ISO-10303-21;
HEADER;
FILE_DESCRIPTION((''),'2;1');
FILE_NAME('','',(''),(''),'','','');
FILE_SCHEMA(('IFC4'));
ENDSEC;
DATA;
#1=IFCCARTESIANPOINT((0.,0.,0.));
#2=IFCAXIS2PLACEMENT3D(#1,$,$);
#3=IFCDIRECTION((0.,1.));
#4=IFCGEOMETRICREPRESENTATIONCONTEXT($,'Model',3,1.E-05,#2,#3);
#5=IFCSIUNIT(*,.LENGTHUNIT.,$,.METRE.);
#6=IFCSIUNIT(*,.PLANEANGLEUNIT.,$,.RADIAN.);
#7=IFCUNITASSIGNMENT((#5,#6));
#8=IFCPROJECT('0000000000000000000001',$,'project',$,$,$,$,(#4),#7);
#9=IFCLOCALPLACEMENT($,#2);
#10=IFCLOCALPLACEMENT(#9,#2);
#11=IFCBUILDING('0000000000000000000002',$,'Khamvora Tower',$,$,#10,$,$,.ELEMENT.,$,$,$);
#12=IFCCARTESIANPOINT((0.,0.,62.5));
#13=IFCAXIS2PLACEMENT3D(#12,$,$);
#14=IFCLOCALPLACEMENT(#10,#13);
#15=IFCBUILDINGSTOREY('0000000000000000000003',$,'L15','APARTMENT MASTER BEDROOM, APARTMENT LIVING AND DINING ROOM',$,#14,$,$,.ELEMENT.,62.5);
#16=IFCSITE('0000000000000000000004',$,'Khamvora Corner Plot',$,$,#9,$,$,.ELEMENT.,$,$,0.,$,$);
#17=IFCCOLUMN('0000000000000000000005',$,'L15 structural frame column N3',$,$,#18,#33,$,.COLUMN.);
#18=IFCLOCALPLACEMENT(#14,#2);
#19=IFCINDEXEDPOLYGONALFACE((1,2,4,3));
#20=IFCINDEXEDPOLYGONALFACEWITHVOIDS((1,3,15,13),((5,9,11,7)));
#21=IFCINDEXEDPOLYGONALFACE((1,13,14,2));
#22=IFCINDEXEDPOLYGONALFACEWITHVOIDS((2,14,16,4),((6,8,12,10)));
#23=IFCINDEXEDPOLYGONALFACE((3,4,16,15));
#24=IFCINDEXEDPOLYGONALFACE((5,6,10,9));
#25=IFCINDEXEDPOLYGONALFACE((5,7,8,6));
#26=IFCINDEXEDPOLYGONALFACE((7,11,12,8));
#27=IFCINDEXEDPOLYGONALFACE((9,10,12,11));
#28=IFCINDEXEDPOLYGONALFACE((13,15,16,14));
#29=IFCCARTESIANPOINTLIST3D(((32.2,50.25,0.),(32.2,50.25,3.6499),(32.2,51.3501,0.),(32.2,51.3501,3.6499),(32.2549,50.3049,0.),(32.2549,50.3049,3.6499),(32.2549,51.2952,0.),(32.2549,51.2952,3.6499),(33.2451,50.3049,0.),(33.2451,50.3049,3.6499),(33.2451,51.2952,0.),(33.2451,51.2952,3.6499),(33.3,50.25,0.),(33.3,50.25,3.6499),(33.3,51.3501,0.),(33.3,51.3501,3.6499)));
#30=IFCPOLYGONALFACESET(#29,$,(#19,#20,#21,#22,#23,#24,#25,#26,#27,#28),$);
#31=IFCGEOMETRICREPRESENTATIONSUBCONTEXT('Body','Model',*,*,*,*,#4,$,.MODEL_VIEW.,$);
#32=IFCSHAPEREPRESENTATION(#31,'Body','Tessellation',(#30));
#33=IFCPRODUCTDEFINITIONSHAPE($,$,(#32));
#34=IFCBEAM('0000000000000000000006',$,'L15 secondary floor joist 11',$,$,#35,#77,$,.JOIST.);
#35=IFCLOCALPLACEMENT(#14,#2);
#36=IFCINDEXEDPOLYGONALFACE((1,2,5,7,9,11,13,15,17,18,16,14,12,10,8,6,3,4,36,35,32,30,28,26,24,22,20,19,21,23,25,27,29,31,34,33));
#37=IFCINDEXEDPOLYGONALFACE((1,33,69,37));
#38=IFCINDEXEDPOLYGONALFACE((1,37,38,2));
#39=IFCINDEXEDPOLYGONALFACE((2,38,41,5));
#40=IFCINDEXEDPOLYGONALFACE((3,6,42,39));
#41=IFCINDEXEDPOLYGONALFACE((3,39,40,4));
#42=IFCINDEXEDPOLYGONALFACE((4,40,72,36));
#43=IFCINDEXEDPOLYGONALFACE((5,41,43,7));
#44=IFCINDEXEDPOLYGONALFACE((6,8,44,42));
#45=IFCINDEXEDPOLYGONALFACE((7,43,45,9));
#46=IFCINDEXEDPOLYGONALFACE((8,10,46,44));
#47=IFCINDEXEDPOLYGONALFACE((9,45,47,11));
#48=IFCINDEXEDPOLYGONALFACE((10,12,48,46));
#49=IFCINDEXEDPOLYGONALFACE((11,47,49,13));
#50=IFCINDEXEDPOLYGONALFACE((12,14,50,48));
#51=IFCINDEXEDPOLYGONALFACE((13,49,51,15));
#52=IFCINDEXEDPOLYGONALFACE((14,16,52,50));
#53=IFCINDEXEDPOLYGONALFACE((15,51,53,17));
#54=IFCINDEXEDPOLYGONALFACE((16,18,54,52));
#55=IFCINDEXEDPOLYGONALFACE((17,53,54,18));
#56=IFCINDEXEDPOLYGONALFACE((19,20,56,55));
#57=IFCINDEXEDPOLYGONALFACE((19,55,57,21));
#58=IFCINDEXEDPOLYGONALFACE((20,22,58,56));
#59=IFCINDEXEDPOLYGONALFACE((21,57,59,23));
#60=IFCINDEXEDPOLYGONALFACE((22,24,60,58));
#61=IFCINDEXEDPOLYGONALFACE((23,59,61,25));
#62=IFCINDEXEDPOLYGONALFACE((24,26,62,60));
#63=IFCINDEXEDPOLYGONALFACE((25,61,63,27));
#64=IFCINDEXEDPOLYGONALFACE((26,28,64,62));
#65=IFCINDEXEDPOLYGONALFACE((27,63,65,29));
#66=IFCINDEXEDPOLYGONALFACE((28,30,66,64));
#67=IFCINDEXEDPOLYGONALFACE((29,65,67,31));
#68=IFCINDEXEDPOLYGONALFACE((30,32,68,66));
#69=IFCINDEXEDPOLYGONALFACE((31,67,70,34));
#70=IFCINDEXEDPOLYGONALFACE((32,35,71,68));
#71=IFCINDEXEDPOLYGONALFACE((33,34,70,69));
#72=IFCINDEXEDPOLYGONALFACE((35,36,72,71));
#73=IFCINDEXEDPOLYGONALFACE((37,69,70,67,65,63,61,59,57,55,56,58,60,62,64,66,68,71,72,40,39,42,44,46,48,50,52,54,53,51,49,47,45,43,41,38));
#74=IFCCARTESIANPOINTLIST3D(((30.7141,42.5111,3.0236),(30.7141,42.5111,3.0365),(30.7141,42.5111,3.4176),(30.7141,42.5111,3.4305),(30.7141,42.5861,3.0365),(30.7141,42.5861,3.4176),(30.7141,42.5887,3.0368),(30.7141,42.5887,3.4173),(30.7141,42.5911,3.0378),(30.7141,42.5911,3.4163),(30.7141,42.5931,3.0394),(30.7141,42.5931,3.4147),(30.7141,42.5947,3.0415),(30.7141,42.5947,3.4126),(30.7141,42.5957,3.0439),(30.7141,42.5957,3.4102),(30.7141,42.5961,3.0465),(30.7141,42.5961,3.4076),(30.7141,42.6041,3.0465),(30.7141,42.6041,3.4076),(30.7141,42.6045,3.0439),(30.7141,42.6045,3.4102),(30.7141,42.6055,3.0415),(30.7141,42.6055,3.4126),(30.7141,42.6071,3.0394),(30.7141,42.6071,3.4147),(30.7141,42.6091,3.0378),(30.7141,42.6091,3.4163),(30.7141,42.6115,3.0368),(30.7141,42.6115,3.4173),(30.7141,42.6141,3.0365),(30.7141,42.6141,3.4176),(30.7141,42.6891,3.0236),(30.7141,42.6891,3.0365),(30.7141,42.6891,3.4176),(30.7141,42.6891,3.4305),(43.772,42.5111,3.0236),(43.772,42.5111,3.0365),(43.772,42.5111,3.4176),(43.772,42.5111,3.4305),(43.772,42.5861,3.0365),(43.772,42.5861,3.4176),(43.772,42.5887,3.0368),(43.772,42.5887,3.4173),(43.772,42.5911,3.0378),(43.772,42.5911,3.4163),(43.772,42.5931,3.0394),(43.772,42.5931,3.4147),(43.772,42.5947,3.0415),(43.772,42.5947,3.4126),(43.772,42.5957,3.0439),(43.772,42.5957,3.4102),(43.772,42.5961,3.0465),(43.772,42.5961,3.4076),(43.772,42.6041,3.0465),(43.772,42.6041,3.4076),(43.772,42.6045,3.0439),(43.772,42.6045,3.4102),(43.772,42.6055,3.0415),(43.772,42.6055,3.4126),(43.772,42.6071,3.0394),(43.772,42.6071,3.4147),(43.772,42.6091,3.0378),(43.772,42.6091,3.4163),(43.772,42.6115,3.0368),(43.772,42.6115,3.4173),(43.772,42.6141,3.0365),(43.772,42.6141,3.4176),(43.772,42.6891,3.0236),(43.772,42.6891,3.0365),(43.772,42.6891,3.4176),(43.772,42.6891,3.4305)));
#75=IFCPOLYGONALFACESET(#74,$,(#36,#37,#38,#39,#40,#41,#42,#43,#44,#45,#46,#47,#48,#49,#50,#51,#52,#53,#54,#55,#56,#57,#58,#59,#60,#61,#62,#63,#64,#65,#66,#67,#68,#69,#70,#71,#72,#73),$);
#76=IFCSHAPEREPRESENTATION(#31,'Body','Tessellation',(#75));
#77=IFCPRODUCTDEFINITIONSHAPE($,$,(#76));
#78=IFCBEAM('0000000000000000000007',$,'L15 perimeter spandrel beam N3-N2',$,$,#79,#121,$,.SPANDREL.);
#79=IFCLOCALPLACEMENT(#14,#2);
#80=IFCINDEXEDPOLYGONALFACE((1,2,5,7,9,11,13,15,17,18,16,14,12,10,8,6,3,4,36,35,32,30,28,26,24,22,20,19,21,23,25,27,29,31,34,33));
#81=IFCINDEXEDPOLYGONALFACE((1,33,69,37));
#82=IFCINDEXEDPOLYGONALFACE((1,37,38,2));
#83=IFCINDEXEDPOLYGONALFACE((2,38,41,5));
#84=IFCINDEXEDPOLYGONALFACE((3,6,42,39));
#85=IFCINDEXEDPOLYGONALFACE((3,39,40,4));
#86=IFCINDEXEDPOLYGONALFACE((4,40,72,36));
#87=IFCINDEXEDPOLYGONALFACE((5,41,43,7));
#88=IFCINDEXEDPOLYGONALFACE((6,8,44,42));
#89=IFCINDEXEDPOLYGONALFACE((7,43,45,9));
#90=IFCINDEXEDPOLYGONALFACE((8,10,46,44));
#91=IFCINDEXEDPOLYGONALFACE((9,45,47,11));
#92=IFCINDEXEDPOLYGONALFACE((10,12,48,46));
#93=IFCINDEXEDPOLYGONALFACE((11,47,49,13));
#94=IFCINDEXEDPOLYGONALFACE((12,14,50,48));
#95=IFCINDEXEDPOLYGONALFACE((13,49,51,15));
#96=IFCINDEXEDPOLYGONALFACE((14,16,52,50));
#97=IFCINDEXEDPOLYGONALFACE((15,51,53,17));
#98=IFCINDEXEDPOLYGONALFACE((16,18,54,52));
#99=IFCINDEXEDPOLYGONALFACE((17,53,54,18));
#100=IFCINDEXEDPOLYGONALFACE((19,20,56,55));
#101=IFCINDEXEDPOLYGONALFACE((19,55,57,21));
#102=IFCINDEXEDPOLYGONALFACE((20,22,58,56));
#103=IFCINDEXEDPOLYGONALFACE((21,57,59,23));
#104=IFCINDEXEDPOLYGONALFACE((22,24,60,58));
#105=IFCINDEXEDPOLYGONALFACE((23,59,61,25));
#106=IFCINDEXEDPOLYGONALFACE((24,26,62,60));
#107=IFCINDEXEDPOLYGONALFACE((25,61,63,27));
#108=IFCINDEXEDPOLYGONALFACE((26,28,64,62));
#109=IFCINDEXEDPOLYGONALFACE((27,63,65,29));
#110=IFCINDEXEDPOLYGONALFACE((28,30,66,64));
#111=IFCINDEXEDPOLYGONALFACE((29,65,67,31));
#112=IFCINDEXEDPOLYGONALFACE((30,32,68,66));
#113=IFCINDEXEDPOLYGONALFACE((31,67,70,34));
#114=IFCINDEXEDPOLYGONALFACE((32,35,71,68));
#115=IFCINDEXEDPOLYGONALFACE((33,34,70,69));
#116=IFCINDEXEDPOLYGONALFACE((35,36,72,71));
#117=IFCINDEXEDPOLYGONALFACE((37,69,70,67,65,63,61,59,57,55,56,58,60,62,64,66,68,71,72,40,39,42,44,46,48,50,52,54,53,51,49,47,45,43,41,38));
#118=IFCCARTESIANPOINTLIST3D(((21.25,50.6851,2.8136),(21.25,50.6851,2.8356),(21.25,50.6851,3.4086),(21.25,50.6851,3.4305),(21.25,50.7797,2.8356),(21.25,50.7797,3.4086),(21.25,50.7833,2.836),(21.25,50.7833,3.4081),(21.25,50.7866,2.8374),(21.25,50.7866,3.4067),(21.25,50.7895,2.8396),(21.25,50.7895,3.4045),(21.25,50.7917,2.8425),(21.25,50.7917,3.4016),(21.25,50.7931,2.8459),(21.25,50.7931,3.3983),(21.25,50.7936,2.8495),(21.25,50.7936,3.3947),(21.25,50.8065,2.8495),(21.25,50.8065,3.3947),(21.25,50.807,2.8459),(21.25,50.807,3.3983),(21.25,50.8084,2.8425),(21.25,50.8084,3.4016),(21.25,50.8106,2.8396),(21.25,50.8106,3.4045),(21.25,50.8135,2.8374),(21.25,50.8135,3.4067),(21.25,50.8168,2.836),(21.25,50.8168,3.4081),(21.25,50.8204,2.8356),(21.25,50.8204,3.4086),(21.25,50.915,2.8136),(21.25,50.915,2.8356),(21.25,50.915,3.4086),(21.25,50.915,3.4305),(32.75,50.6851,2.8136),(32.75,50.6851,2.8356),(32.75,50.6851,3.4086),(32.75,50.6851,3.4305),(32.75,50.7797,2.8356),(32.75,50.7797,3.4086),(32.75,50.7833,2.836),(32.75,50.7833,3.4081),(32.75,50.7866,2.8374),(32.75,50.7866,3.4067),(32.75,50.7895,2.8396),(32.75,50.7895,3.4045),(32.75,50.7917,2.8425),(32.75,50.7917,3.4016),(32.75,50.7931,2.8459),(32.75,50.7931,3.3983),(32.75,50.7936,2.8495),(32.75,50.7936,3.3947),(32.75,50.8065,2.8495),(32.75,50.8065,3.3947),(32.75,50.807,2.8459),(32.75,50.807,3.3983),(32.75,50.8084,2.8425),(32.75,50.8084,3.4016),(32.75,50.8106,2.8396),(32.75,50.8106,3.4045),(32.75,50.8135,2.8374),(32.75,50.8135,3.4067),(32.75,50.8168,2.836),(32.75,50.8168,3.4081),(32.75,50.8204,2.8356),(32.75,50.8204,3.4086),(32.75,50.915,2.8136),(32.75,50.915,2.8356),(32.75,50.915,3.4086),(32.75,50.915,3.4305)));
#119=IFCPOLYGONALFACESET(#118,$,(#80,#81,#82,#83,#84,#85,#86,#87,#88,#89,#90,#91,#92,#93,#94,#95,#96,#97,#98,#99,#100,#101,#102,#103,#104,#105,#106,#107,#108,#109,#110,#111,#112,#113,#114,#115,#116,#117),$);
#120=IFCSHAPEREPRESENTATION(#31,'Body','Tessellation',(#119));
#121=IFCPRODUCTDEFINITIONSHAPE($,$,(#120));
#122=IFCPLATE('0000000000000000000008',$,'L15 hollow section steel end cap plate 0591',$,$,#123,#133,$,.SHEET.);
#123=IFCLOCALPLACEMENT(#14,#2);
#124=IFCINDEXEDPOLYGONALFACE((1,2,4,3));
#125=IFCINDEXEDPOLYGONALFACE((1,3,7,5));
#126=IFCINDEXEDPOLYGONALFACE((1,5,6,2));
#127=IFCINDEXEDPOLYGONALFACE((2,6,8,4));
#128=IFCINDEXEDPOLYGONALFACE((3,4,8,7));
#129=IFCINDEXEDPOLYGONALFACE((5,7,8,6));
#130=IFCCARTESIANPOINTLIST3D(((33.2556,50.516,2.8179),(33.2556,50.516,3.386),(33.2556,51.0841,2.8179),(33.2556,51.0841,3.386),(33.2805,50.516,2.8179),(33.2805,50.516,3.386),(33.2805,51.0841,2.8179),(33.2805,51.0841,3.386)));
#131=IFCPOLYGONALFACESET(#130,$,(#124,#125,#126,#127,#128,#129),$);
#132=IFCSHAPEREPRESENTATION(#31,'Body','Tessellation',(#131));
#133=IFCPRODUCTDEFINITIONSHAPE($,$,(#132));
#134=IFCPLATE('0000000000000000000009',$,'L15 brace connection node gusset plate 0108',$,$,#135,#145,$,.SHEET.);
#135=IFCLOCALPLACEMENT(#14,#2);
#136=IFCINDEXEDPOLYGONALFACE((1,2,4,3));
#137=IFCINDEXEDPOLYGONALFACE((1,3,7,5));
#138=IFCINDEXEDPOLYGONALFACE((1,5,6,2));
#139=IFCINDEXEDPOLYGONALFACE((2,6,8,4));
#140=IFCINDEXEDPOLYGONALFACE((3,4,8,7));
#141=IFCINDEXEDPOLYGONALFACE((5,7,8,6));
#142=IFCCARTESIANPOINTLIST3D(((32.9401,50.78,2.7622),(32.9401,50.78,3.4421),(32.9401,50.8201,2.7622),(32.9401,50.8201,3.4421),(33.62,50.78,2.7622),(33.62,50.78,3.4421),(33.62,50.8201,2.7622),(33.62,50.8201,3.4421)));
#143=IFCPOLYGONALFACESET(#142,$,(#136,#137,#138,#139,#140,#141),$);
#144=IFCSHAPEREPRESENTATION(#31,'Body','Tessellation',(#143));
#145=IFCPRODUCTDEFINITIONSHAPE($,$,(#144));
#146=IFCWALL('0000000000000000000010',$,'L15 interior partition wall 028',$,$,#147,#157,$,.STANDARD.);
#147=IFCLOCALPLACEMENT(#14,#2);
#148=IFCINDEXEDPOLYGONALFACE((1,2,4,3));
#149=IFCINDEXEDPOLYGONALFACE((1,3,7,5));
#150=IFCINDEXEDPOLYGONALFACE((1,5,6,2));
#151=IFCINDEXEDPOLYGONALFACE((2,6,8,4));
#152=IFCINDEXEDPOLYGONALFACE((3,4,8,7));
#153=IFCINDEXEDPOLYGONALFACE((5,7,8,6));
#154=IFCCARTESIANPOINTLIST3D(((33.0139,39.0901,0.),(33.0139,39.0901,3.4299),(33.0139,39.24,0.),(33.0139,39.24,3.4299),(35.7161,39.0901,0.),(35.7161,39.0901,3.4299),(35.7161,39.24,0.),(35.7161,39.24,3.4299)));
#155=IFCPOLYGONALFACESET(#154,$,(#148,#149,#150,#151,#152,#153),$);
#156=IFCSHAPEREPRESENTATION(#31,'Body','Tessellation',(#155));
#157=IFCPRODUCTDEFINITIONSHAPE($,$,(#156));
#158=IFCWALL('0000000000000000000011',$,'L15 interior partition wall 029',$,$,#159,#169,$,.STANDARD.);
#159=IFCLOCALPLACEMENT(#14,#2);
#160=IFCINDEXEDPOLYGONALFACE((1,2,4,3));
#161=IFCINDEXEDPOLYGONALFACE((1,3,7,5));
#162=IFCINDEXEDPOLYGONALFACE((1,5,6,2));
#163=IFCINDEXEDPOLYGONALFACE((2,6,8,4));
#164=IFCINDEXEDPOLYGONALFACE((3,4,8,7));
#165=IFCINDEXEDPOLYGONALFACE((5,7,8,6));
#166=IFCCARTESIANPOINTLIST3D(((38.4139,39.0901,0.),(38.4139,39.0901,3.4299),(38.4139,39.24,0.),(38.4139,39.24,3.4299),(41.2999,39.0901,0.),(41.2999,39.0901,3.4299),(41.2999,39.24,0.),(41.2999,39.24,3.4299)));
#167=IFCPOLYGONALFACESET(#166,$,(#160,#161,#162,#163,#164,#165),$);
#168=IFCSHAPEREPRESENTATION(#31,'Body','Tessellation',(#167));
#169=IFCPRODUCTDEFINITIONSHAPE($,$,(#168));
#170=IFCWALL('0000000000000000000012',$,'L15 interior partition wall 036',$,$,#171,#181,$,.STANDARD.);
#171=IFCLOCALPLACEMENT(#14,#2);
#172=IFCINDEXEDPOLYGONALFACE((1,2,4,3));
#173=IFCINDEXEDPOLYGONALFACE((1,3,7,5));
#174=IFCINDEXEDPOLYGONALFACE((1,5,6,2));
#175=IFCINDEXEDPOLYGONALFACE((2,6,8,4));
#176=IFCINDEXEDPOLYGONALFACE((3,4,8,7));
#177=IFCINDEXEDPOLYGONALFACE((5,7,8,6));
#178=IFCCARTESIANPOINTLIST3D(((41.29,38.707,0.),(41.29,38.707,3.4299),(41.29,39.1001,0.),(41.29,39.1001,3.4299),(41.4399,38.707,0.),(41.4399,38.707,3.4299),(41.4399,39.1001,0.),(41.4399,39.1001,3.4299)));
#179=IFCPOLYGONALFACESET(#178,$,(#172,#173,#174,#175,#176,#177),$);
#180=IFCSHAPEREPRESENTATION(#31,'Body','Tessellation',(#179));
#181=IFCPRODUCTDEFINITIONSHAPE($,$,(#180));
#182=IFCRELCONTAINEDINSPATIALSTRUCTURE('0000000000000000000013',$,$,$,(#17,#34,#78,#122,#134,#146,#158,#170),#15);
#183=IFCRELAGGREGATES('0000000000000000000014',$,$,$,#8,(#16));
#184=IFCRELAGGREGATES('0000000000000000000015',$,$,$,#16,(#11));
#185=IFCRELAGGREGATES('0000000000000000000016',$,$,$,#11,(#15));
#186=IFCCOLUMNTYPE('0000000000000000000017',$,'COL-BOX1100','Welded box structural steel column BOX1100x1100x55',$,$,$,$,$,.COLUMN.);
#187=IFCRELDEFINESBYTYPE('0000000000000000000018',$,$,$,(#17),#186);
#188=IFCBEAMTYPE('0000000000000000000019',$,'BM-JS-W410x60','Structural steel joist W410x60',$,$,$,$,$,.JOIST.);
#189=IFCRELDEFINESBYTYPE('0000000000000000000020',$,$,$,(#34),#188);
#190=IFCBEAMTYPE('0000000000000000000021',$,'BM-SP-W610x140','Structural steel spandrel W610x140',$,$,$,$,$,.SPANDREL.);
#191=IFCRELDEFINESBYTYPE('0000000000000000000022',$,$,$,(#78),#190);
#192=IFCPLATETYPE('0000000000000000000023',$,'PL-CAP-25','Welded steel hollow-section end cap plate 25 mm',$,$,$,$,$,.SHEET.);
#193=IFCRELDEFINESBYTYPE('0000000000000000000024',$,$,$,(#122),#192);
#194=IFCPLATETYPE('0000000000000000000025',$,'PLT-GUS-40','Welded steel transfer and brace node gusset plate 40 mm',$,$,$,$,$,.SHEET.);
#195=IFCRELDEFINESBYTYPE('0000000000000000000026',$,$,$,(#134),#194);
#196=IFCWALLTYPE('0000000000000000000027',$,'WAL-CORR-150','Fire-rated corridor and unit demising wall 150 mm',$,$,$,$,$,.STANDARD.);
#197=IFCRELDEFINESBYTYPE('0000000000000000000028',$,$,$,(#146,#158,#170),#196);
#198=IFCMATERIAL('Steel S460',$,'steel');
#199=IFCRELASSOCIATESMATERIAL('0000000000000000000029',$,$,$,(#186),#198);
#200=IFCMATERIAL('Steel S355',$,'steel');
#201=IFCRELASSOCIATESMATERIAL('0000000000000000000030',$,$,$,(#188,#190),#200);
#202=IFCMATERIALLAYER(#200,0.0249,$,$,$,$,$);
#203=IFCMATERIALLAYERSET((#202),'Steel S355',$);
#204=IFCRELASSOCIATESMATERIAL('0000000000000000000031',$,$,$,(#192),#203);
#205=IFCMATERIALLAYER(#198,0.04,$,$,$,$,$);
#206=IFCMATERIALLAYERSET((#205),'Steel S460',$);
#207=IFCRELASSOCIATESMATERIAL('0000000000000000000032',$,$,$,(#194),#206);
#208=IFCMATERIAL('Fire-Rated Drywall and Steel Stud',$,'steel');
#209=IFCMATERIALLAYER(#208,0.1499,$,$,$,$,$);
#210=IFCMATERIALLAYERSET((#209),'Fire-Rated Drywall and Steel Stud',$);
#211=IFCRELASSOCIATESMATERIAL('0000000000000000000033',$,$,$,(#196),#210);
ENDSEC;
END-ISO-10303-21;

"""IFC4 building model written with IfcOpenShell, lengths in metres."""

from ifc_helpers import new_model, si_unit, direction, frame, frame_2d, origin, origin_2d, place, context, subcontext, project, spatial, rectangle, hollow_rectangle, i_section, extrude, material, layer, layer_set, material_profile, profile_set, type_object, element, save


model = new_model("IFC4")

# Units and contexts
model_context = context("Model", 3, precision=1e-05, world=origin(), true_north=direction((0.0, 1.0)))
body_context = subcontext(model_context, "Body", "Model", "MODEL_VIEW")
ifc_project = project(units=[si_unit("LENGTHUNIT", "METRE"), si_unit("PLANEANGLEUNIT", "RADIAN")], contexts=[model_context])

# Site, building, storey
site_placement = place(None, origin())
site = spatial("IfcSite", under=ifc_project, at=site_placement, Name="Khamvora Corner Plot", CompositionType="ELEMENT", RefElevation=0.0)
building_placement = place(site_placement, origin())
building = spatial("IfcBuilding", under=site, at=building_placement, Name="Khamvora Tower", CompositionType="ELEMENT")
storey_placement = place(building_placement, frame((0.0, 0.0, 62.5)))
storey = spatial("IfcBuildingStorey", under=building, at=storey_placement, Name="L15", Description="APARTMENT MASTER BEDROOM, APARTMENT LIVING AND DINING ROOM", CompositionType="ELEMENT", Elevation=62.5)

# Column
ifc_material_1 = material(Name="Steel S460", Category="steel")
ifc_material_profile_1 = material_profile(ifc_material_1, hollow_rectangle(XDim=1.1001, YDim=1.1001, WallThickness=0.0549, at=origin_2d()), Name="BOX1100x1100x55")
ifc_profile_set_1 = profile_set([ifc_material_profile_1], Name="Steel S460")
column_type = type_object("IfcColumnType", Name="COL-BOX1100", Description="Welded box structural steel column BOX1100x1100x55", PredefinedType="COLUMN", material=ifc_profile_set_1)
column_placement = place(storey_placement, frame((32.75, 50.8, 0.0), z_axis=(0.0, 0.0, 1.0), x_axis=(1.0, 0.0, 0.0)))
element("IfcColumn", 1, at=column_placement, inside=storey, type_object=column_type, Name="L15 structural frame column N3", PredefinedType="COLUMN", context=body_context, shape_type="SweptSolid", body=[
    extrude(hollow_rectangle(XDim=1.1001, YDim=1.1001, WallThickness=0.0549, at=origin_2d()), origin(), (0.0, 0.0, 1.0), 3.6499),
])

# Beams
ifc_material_2 = material(Name="Steel S355", Category="steel")
ifc_material_profile_2 = material_profile(ifc_material_2, i_section(OverallWidth=0.178, OverallDepth=0.407, WebThickness=0.0081, FlangeThickness=0.0129, FilletRadius=0.01, at=origin_2d()), Name="W410x60")
ifc_profile_set_2 = profile_set([ifc_material_profile_2], Name="Steel S355")
beam_type_1 = type_object("IfcBeamType", Name="BM-JS-W410x60", Description="Structural steel joist W410x60", PredefinedType="JOIST", material=ifc_profile_set_2)
beam_1_placement = place(storey_placement, frame((30.7141, 42.6001, 3.2271), z_axis=(1.0, 0.0, 0.0), x_axis=(0.0, 1.0, 0.0)))
element("IfcBeam", 2, at=beam_1_placement, inside=storey, type_object=beam_type_1, Name="L15 secondary floor joist 11", PredefinedType="JOIST", context=body_context, shape_type="SweptSolid", body=[
    extrude(i_section(OverallWidth=0.178, OverallDepth=0.407, WebThickness=0.0081, FlangeThickness=0.0129, FilletRadius=0.01, at=origin_2d()), origin(), (0.0, 0.0, 1.0), 13.0579),
])
ifc_material_profile_3 = material_profile(ifc_material_2, i_section(OverallWidth=0.23, OverallDepth=0.6169, WebThickness=0.0129, FlangeThickness=0.022, FilletRadius=0.0139, at=origin_2d()), Name="W610x140")
ifc_profile_set_3 = profile_set([ifc_material_profile_3], Name="Steel S355")
beam_type_2 = type_object("IfcBeamType", Name="BM-SP-W610x140", Description="Structural steel spandrel W610x140", PredefinedType="SPANDREL", material=ifc_profile_set_3)
beam_2_placement = place(storey_placement, frame((32.75, 50.8, 3.1221), z_axis=(-1.0, 0.0, 0.0), x_axis=(0.0, -1.0, 0.0)))
element("IfcBeam", 3, at=beam_2_placement, inside=storey, type_object=beam_type_2, Name="L15 perimeter spandrel beam N3-N2", PredefinedType="SPANDREL", context=body_context, shape_type="SweptSolid", body=[
    extrude(i_section(OverallWidth=0.23, OverallDepth=0.6169, WebThickness=0.0129, FlangeThickness=0.022, FilletRadius=0.0139, at=origin_2d()), origin(), (0.0, 0.0, 1.0), 11.5),
])

# Plates
ifc_layer_1 = layer(ifc_material_2, 0.0249)
ifc_layer_set_1 = layer_set([ifc_layer_1], Name="Steel S355")
plate_type_1 = type_object("IfcPlateType", Name="PL-CAP-25", Description="Welded steel hollow-section end cap plate 25 mm", PredefinedType="SHEET", material=ifc_layer_set_1)
plate_1_placement = place(storey_placement, frame((33.2681, 50.8, 2.8179), z_axis=(0.0, 0.0, 1.0), x_axis=(-1.0, 0.0, 0.0)))
element("IfcPlate", 4, at=plate_1_placement, inside=storey, type_object=plate_type_1, Name="L15 hollow section steel end cap plate 0591", PredefinedType="SHEET", context=body_context, shape_type="SweptSolid", body=[
    extrude(rectangle(XDim=0.0249, YDim=0.5681, at=origin_2d()), origin(), (0.0, 0.0, 1.0), 0.5681),
])
ifc_layer_2 = layer(ifc_material_1, 0.04)
ifc_layer_set_2 = layer_set([ifc_layer_2], Name="Steel S460")
plate_type_2 = type_object("IfcPlateType", Name="PLT-GUS-40", Description="Welded steel transfer and brace node gusset plate 40 mm", PredefinedType="SHEET", material=ifc_layer_set_2)
plate_2_placement = place(storey_placement, frame((33.28, 50.8, 2.7622), z_axis=(0.0, 0.0, 1.0), x_axis=(1.0, 0.0, 0.0)))
element("IfcPlate", 5, at=plate_2_placement, inside=storey, type_object=plate_type_2, Name="L15 brace connection node gusset plate 0108", PredefinedType="SHEET", context=body_context, shape_type="SweptSolid", body=[
    extrude(rectangle(XDim=0.6799, YDim=0.04, at=origin_2d()), origin(), (0.0, 0.0, 1.0), 0.6799),
])

# Shared definitions
ifc_material_3 = material(Name="Fire-Rated Drywall and Steel Stud", Category="steel")
ifc_layer_3 = layer(ifc_material_3, 0.1499)
ifc_layer_set_3 = layer_set([ifc_layer_3], Name="Fire-Rated Drywall and Steel Stud")
wall_type_1 = type_object("IfcWallType", Name="WAL-CORR-150", Description="Fire-rated corridor and unit demising wall 150 mm", PredefinedType="STANDARD", material=ifc_layer_set_3)

# Walls
wall_1_placement = place(storey_placement, frame((33.0139, 39.165, 0.0), z_axis=(0.0, 0.0, 1.0), x_axis=(1.0, 0.0, 0.0)))
element("IfcWall", 6, at=wall_1_placement, inside=storey, type_object=wall_type_1, Name="L15 interior partition wall 028", PredefinedType="STANDARD", context=body_context, shape_type="SweptSolid", body=[
    extrude(rectangle(XDim=2.7021, YDim=0.1499, at=frame_2d((1.3511, 0.0))), origin(), (0.0, 0.0, 1.0), 3.4299),
])
wall_2_placement = place(storey_placement, frame((38.4141, 39.165, 0.0), z_axis=(0.0, 0.0, 1.0), x_axis=(1.0, 0.0, 0.0)))
element("IfcWall", 7, at=wall_2_placement, inside=storey, type_object=wall_type_1, Name="L15 interior partition wall 029", PredefinedType="STANDARD", context=body_context, shape_type="SweptSolid", body=[
    extrude(rectangle(XDim=2.886, YDim=0.1499, at=frame_2d((1.4429, 0.0))), origin(), (0.0, 0.0, 1.0), 3.4299),
])
wall_3_placement = place(storey_placement, frame((41.365, 39.1001, 0.0), z_axis=(0.0, 0.0, 1.0), x_axis=(0.0, -1.0, 0.0)))
element("IfcWall", 8, at=wall_3_placement, inside=storey, type_object=wall_type_1, Name="L15 interior partition wall 036", PredefinedType="STANDARD", context=body_context, shape_type="SweptSolid", body=[
    extrude(rectangle(XDim=0.3931, YDim=0.1499, at=frame_2d((0.1965, 0.0))), origin(), (0.0, 0.0, 1.0), 3.4299),
])

save(model, "model.ifc")
